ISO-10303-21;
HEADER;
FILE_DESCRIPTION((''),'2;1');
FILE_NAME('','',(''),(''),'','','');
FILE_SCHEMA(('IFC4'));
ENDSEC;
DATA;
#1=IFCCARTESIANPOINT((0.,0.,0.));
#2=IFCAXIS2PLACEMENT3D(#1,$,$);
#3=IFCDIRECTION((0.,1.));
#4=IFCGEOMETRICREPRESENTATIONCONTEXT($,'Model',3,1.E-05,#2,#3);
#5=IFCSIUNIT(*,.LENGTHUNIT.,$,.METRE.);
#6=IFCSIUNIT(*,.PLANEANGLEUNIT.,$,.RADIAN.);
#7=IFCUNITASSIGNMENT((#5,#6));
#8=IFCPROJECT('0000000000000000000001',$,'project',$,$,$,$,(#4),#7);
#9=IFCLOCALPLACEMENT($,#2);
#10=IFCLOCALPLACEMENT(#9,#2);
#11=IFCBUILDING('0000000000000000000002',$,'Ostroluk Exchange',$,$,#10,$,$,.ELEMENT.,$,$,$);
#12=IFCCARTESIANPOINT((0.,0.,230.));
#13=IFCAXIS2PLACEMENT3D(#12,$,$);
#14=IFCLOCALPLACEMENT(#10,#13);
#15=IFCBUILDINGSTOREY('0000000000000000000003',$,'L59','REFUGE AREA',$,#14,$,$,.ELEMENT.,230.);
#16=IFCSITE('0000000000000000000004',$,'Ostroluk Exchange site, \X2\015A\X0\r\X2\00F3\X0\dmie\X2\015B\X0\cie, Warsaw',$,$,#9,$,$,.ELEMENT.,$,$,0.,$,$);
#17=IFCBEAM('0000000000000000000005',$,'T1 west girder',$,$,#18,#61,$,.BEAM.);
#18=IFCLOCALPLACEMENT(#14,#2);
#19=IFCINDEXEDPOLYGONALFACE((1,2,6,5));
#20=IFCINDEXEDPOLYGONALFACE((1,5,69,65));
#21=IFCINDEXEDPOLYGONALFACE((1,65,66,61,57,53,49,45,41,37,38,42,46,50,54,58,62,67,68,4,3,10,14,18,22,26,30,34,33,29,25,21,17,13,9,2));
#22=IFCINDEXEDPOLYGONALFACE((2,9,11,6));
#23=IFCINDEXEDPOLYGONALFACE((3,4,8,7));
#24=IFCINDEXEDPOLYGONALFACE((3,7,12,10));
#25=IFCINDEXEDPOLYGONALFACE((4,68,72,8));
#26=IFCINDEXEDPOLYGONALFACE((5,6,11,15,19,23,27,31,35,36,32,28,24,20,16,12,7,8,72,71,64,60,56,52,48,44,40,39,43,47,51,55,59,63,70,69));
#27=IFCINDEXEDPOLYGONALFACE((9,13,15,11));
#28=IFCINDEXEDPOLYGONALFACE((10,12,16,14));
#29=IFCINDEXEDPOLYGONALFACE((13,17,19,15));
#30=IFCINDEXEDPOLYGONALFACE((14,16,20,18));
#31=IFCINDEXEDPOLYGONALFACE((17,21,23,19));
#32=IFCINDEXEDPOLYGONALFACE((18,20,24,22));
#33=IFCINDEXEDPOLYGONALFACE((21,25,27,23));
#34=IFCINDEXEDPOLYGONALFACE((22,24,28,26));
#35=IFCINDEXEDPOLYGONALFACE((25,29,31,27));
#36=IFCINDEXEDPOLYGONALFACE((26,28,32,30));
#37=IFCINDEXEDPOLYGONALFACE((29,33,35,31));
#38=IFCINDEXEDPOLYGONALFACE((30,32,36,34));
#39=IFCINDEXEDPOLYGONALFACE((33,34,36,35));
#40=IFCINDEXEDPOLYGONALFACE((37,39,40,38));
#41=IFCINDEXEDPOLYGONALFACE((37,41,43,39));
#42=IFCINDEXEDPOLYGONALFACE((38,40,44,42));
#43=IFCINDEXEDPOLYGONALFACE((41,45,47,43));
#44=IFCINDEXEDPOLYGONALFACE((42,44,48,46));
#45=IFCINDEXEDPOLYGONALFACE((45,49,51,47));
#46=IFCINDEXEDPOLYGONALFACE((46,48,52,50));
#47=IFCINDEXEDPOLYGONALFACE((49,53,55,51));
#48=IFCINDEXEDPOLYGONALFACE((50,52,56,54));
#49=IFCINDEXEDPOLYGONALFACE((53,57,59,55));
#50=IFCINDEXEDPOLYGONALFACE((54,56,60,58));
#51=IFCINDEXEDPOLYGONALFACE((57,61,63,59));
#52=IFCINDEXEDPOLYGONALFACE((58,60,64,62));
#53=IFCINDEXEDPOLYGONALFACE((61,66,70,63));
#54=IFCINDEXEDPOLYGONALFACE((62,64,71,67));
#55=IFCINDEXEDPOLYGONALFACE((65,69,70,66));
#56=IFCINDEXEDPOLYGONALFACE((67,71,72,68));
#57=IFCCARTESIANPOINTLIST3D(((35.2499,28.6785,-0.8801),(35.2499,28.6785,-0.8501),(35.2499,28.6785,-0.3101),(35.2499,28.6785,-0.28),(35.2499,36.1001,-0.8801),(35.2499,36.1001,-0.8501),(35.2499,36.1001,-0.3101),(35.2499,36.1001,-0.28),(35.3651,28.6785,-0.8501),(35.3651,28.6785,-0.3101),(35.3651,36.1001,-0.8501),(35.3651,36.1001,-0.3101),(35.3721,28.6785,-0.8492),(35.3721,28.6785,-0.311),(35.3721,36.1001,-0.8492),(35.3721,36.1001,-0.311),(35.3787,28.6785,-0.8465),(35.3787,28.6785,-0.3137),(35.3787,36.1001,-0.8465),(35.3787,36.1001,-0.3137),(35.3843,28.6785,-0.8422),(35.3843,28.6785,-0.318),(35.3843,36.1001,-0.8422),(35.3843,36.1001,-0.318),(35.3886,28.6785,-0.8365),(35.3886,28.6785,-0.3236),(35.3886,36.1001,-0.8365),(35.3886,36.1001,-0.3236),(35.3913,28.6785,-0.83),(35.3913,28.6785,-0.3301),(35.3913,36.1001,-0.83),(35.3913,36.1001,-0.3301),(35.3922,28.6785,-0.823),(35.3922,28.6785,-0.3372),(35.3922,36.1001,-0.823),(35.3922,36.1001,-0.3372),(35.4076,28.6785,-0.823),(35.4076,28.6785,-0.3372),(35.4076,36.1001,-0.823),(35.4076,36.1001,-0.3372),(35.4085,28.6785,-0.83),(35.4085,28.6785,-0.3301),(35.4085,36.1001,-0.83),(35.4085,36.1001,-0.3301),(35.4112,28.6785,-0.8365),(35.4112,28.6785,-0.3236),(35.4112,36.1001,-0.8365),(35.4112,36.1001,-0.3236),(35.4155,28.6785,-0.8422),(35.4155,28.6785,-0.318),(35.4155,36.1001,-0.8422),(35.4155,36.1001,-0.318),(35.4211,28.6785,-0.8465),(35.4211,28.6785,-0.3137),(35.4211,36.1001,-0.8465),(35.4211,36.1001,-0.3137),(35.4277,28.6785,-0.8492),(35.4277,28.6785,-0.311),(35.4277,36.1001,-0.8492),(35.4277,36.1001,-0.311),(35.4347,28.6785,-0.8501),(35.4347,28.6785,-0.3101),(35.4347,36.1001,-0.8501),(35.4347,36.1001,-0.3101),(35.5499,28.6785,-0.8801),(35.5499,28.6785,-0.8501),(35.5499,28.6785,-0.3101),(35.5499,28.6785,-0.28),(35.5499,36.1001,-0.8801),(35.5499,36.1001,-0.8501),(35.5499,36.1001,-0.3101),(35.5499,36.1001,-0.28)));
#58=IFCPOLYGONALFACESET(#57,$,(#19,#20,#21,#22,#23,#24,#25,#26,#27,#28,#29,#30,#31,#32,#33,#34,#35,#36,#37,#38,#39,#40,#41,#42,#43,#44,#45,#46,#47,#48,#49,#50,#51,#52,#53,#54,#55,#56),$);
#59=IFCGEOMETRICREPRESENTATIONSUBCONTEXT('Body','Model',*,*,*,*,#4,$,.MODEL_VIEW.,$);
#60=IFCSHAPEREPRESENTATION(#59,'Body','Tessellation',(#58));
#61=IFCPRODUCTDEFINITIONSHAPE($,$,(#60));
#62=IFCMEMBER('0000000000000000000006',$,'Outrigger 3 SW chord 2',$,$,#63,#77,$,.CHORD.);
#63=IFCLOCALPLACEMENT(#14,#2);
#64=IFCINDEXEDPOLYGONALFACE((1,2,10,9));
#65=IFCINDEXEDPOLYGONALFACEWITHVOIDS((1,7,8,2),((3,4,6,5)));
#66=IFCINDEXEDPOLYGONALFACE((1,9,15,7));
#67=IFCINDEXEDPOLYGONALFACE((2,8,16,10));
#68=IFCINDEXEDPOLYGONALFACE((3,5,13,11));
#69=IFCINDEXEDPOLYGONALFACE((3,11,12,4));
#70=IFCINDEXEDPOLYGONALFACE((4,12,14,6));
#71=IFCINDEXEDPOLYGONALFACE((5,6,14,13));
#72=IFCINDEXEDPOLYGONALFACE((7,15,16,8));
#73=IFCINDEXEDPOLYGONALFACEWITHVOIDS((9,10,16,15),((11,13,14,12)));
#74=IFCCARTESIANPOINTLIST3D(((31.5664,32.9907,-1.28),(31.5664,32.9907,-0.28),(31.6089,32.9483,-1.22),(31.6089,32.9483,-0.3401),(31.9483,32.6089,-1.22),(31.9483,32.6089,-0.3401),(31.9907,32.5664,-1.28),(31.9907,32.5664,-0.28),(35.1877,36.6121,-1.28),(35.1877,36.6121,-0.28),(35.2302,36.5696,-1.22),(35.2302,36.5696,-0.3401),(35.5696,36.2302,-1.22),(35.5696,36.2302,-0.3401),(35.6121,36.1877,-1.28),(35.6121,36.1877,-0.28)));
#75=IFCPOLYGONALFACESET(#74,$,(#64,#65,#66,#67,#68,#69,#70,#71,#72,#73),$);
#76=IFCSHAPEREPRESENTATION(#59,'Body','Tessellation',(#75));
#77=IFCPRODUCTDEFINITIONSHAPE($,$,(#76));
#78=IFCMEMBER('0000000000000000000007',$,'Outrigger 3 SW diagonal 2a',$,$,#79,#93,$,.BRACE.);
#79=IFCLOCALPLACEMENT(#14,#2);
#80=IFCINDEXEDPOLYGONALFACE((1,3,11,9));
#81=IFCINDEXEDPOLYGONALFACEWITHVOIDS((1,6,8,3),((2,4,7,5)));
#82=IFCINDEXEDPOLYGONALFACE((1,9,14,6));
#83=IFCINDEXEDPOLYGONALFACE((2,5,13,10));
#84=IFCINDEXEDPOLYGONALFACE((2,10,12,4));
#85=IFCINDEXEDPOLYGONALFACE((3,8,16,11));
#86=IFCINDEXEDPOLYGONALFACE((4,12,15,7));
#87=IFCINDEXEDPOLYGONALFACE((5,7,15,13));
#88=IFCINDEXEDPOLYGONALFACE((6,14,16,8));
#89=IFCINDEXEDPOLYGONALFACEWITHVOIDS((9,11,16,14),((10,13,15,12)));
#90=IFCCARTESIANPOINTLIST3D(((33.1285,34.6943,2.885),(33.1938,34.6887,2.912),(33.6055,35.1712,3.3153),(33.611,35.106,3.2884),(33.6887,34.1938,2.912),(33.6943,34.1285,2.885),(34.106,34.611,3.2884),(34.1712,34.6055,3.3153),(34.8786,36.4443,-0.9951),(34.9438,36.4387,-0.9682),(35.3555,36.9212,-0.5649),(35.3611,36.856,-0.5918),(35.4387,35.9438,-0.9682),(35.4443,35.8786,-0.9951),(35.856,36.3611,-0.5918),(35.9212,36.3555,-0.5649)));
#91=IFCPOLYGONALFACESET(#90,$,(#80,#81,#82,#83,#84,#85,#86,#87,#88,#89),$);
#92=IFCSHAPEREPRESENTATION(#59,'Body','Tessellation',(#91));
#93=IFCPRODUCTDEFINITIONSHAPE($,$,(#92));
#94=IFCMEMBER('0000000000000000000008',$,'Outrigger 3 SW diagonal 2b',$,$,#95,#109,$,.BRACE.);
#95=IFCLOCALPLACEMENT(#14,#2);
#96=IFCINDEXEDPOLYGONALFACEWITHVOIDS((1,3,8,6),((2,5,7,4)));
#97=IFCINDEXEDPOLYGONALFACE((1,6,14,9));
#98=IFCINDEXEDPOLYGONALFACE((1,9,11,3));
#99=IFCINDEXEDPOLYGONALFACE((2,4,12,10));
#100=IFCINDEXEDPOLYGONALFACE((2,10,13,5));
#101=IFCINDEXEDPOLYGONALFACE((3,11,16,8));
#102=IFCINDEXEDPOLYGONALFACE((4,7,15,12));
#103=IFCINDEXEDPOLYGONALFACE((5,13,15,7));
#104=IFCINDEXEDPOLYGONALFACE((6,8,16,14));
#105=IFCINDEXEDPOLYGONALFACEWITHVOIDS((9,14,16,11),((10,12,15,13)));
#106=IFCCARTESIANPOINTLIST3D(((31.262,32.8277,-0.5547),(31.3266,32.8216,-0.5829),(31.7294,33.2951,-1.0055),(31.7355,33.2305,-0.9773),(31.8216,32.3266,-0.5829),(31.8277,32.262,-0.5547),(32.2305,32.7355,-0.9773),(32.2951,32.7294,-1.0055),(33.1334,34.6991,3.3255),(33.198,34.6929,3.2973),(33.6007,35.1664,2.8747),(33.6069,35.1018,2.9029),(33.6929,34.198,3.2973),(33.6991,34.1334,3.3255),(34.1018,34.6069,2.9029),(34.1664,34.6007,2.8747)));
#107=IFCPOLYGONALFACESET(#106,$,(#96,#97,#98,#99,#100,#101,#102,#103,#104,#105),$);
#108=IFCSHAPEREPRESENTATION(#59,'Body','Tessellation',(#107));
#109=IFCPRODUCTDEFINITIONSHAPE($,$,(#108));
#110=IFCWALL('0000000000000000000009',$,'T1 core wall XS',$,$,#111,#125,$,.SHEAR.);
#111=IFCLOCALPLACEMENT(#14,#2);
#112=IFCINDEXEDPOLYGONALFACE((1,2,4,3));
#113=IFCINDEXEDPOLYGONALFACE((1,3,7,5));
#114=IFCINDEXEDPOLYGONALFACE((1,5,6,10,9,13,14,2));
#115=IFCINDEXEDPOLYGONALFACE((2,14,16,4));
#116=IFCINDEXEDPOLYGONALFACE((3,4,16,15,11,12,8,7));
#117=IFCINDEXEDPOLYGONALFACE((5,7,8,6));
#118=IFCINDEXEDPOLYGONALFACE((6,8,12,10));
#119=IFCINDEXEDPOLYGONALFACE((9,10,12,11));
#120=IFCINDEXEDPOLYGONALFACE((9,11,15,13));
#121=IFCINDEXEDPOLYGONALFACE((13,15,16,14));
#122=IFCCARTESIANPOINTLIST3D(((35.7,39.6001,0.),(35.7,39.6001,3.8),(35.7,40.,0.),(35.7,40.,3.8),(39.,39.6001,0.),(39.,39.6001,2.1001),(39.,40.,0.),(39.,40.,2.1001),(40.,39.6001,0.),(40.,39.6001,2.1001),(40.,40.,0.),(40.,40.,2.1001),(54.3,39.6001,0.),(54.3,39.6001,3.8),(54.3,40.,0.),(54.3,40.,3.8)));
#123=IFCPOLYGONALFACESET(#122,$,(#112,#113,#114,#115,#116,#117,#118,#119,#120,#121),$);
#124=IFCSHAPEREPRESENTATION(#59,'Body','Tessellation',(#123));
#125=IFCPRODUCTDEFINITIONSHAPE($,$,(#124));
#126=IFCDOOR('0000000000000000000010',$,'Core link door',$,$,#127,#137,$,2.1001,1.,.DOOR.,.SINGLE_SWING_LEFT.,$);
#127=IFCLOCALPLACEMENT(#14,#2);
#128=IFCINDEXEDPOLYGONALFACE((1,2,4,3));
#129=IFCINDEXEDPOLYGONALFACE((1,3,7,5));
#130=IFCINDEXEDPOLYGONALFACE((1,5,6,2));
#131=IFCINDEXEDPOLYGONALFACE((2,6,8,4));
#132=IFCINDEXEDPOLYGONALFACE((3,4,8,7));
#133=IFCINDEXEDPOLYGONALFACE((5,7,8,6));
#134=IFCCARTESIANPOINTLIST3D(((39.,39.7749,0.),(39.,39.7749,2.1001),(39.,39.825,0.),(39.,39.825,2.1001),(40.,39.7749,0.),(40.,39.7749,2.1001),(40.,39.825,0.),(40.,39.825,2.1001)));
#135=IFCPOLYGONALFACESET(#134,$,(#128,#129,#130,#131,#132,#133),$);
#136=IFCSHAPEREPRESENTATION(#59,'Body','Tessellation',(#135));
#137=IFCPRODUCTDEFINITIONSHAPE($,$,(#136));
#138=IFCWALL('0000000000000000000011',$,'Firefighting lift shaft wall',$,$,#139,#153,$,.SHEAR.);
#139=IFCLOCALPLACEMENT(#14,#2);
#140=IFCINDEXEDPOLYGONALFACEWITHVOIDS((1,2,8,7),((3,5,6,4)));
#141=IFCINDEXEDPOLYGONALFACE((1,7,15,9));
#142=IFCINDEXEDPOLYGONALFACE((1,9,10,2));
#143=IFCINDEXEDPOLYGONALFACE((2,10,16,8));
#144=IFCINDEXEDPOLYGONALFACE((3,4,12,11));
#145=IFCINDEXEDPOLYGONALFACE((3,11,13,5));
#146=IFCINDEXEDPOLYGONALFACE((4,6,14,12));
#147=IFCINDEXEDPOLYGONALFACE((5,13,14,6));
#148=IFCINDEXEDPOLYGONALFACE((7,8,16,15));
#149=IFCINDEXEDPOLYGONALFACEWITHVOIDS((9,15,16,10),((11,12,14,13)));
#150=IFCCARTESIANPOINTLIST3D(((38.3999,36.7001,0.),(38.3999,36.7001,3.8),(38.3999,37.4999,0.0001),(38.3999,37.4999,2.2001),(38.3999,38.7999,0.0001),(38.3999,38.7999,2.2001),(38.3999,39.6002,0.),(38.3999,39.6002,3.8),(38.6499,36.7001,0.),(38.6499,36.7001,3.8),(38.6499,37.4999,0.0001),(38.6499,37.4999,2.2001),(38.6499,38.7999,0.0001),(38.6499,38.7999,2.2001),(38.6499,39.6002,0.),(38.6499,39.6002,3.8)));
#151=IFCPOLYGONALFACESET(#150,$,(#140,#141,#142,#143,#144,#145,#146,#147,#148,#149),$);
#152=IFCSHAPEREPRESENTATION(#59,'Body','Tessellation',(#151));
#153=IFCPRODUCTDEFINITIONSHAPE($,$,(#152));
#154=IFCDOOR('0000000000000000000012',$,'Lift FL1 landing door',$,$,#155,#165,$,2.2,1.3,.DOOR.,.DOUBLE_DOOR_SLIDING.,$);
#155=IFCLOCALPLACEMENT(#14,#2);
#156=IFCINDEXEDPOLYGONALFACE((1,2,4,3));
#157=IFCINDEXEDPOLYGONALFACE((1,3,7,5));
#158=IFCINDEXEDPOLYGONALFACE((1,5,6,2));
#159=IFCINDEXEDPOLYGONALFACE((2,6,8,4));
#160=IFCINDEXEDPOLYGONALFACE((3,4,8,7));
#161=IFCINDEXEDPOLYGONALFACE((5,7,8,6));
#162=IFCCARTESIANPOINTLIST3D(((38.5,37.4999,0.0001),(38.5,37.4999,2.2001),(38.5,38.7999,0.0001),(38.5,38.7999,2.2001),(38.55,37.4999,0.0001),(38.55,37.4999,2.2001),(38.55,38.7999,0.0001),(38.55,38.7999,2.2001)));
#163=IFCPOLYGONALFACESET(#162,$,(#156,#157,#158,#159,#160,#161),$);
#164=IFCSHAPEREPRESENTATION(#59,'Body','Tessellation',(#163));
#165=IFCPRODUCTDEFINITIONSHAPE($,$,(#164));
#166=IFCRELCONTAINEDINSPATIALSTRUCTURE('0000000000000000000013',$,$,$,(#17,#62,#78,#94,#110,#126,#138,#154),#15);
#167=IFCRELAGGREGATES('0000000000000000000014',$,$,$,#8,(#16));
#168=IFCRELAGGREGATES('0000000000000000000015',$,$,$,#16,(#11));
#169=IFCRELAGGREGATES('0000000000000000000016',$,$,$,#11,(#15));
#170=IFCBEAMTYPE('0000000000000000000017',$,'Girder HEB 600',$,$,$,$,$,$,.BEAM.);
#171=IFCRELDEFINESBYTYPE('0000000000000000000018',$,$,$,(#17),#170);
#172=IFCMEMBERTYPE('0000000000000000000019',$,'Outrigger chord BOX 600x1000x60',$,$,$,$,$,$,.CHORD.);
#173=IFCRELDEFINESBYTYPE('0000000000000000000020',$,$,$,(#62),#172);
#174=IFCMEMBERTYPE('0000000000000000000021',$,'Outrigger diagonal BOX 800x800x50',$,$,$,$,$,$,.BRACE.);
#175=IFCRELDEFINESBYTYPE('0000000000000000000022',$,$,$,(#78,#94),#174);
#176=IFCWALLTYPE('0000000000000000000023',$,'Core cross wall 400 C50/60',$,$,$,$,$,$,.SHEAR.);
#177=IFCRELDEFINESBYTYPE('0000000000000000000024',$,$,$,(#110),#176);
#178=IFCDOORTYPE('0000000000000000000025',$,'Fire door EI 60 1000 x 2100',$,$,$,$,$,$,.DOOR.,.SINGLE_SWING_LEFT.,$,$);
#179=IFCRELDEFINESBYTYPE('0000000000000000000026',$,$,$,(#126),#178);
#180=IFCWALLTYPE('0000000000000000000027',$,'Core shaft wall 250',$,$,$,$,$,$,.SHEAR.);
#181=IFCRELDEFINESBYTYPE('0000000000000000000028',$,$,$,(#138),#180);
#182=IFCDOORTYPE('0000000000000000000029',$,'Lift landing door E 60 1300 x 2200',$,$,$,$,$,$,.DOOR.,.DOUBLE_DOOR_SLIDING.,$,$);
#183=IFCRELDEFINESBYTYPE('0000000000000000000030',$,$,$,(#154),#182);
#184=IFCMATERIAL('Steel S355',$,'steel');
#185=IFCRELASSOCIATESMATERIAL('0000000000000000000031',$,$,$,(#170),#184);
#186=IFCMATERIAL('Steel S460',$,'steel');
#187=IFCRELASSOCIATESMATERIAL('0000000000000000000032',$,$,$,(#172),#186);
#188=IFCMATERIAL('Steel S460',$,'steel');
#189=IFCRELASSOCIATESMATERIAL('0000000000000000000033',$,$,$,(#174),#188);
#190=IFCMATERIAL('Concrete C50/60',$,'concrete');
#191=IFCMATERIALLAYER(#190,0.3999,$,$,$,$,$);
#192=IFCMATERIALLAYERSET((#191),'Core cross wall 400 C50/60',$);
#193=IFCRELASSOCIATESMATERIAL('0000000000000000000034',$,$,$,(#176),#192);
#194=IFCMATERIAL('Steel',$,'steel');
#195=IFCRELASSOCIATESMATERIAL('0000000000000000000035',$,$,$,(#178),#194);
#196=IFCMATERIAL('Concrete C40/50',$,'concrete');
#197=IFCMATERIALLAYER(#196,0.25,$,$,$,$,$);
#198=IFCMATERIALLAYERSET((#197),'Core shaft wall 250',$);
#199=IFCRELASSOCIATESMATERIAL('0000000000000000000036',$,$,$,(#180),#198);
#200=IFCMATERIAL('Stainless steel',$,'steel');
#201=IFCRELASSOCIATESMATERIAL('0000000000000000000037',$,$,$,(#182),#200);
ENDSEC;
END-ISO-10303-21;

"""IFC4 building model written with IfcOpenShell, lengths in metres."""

from ifc_helpers import new_model, si_unit, direction, frame, frame_2d, origin, origin_2d, place, context, subcontext, project, spatial, rectangle, hollow_rectangle, i_section, extrude, material, layer, layer_set, material_profile, profile_set, type_object, element, fill, save


model = new_model("IFC4")

# Units and contexts
model_context = context("Model", 3, precision=1e-05, world=origin(), true_north=direction((0.0, 1.0)))
body_context = subcontext(model_context, "Body", "Model", "MODEL_VIEW")
ifc_project = project(units=[si_unit("LENGTHUNIT", "METRE"), si_unit("PLANEANGLEUNIT", "RADIAN")], contexts=[model_context])

# Site, building, storey
site_placement = place(None, origin())
site = spatial("IfcSite", under=ifc_project, at=site_placement, Name="Ostroluk Exchange site, Śródmieście, Warsaw", CompositionType="ELEMENT", RefElevation=0.0)
building_placement = place(site_placement, origin())
building = spatial("IfcBuilding", under=site, at=building_placement, Name="Ostroluk Exchange", CompositionType="ELEMENT")
storey_placement = place(building_placement, frame((0.0, 0.0, 230.0)))
storey = spatial("IfcBuildingStorey", under=building, at=storey_placement, Name="L59", Description="REFUGE AREA", CompositionType="ELEMENT", Elevation=230.0)

# Beam
ifc_material_1 = material(Name="Steel S355", Category="steel")
ifc_material_profile_1 = material_profile(ifc_material_1, i_section(OverallWidth=0.3, OverallDepth=0.6001, WebThickness=0.0154, FlangeThickness=0.03, FilletRadius=0.0271, at=origin_2d()), Name="HEB 600")
ifc_profile_set_1 = profile_set([ifc_material_profile_1], Name="Steel S355")
beam_type_1 = type_object("IfcBeamType", Name="Girder HEB 600", PredefinedType="BEAM", material=ifc_profile_set_1)
beam_placement = place(storey_placement, frame((35.3999, 36.1001, -0.5801), z_axis=(0.0, -1.0, 0.0), x_axis=(1.0, 0.0, 0.0)))
element("IfcBeam", 1, at=beam_placement, inside=storey, type_object=beam_type_1, Name="T1 west girder", PredefinedType="BEAM", context=body_context, shape_type="SweptSolid", body=[
    extrude(i_section(OverallWidth=0.3, OverallDepth=0.6001, WebThickness=0.0154, FlangeThickness=0.03, FilletRadius=0.0271, at=origin_2d()), origin(), (0.0, 0.0, 1.0), 7.4216),
])

# Members
ifc_material_2 = material(Name="Steel S460", Category="steel")
ifc_material_profile_2 = material_profile(ifc_material_2, hollow_rectangle(XDim=0.6001, YDim=1.0, WallThickness=0.0601, at=origin_2d()), Name="BOX 600x1000x60")
ifc_profile_set_2 = profile_set([ifc_material_profile_2], Name="Steel S460")
member_type_1 = type_object("IfcMemberType", Name="Outrigger chord BOX 600x1000x60", PredefinedType="CHORD", material=ifc_profile_set_2)
member_1_placement = place(storey_placement, frame((35.3999, 36.3999, -0.78), z_axis=(-0.707107, -0.707107, 0.0), x_axis=(0.707107, -0.707107, 0.0)))
element("IfcMember", 2, at=member_1_placement, inside=storey, type_object=member_type_1, Name="Outrigger 3 SW chord 2", PredefinedType="CHORD", context=body_context, shape_type="SweptSolid", body=[
    extrude(hollow_rectangle(XDim=0.6001, YDim=1.0, WallThickness=0.0601, at=origin_2d()), origin(), (0.0, 0.0, 1.0), 5.1213),
])
ifc_material_3 = material(Name="Steel S460", Category="steel")
ifc_material_profile_3 = material_profile(ifc_material_3, hollow_rectangle(XDim=0.8, YDim=0.8, WallThickness=0.05, at=origin_2d()), Name="BOX 800x800x50")
ifc_profile_set_3 = profile_set([ifc_material_profile_3], Name="Steel S460")
member_type_2 = type_object("IfcMemberType", Name="Outrigger diagonal BOX 800x800x50", PredefinedType="BRACE", material=ifc_profile_set_3)
member_2_placement = place(storey_placement, frame((35.3999, 36.3999, -0.78), z_axis=(-0.380252, -0.380252, 0.8431), x_axis=(0.707107, -0.707107, 0.0)))
element("IfcMember", 3, at=member_2_placement, inside=storey, type_object=member_type_2, Name="Outrigger 3 SW diagonal 2a", PredefinedType="BRACE", context=body_context, shape_type="SweptSolid", body=[
    extrude(hollow_rectangle(XDim=0.8, YDim=0.8, WallThickness=0.05, at=origin_2d()), origin(), (0.0, 0.0, 1.0), 4.6023),
])
member_3_placement = place(storey_placement, frame((33.6499, 34.6499, 3.1001), z_axis=(-0.398435, -0.398435, -0.826135), x_axis=(0.707107, -0.707107, 0.0)))
element("IfcMember", 4, at=member_3_placement, inside=storey, type_object=member_type_2, Name="Outrigger 3 SW diagonal 2b", PredefinedType="BRACE", context=body_context, shape_type="SweptSolid", body=[
    extrude(hollow_rectangle(XDim=0.8, YDim=0.8, WallThickness=0.05, at=origin_2d()), origin(), (0.0, 0.0, 1.0), 4.6968),
])

# Walls, openings, doors
ifc_material_4 = material(Name="Concrete C50/60", Category="concrete")
ifc_layer_1 = layer(ifc_material_4, 0.3999)
ifc_layer_set_1 = layer_set([ifc_layer_1], Name="Core cross wall 400 C50/60")
wall_type_1 = type_object("IfcWallType", Name="Core cross wall 400 C50/60", PredefinedType="SHEAR", material=ifc_layer_set_1)
wall_1_placement = place(storey_placement, frame((35.7, 39.8, 0.0), z_axis=(0.0, 0.0, 1.0), x_axis=(1.0, 0.0, 0.0)))
wall_1 = element("IfcWall", 5, at=wall_1_placement, inside=storey, type_object=wall_type_1, Name="T1 core wall XS", PredefinedType="SHEAR", context=body_context, shape_type="SweptSolid", body=[
    extrude(rectangle(XDim=18.6001, YDim=0.3999, at=frame_2d((9.3, 0.0))), origin(), (0.0, 0.0, 1.0), 3.8),
])
opening_1_placement = place(wall_1_placement, frame((3.3, 0.0, 0.0)))
opening_1 = element("IfcOpeningElement", 6, at=opening_1_placement, cuts=wall_1, PredefinedType="OPENING", context=body_context, shape_type="SweptSolid", body=[
    extrude(rectangle(XDim=1.0, YDim=2.1001, at=frame_2d((0.5, 1.05))), frame((0.0, 0.21, 0.0), z_axis=(0.0, -1.0, 0.0), x_axis=(1.0, 0.0, 0.0)), (0.0, 0.0, 1.0), 0.4199),
])
ifc_material_5 = material(Name="Steel", Category="steel")
door_type_1 = type_object("IfcDoorType", Name="Fire door EI 60 1000 x 2100", OperationType="SINGLE_SWING_LEFT", PredefinedType="DOOR", material=ifc_material_5)
door_1_placement = place(opening_1_placement, origin())
door_1 = element("IfcDoor", 7, at=door_1_placement, inside=storey, type_object=door_type_1, Name="Core link door", OperationType="SINGLE_SWING_LEFT", OverallHeight=2.1001, OverallWidth=1.0, PredefinedType="DOOR", context=body_context, shape_type="SweptSolid", body=[
    extrude(rectangle(XDim=1.0, YDim=2.1001, at=frame_2d((0.5, 1.05))), frame((0.0, 0.0249, 0.0), z_axis=(0.0, -1.0, 0.0), x_axis=(1.0, 0.0, 0.0)), (0.0, 0.0, 1.0), 0.05),
])
fill(opening_1, door_1)
ifc_material_6 = material(Name="Concrete C40/50", Category="concrete")
ifc_layer_2 = layer(ifc_material_6, 0.25)
ifc_layer_set_2 = layer_set([ifc_layer_2], Name="Core shaft wall 250")
wall_type_2 = type_object("IfcWallType", Name="Core shaft wall 250", PredefinedType="SHEAR", material=ifc_layer_set_2)
wall_2_placement = place(storey_placement, frame((38.5249, 36.7, 0.0), z_axis=(0.0, 0.0, 1.0), x_axis=(0.0, 1.0, 0.0)))
wall_2 = element("IfcWall", 8, at=wall_2_placement, inside=storey, type_object=wall_type_2, Name="Firefighting lift shaft wall", PredefinedType="SHEAR", context=body_context, shape_type="SweptSolid", body=[
    extrude(rectangle(XDim=2.9001, YDim=0.25, at=frame_2d((1.4502, 0.0))), origin(), (0.0, 0.0, 1.0), 3.8),
])
opening_2_placement = place(wall_2_placement, frame((0.8, 0.0, 0.0)))
opening_2 = element("IfcOpeningElement", 9, at=opening_2_placement, cuts=wall_2, PredefinedType="OPENING", context=body_context, shape_type="SweptSolid", body=[
    extrude(rectangle(XDim=1.3, YDim=2.2, at=frame_2d((0.6499, 1.1001))), frame((0.0, 0.135, 0.0), z_axis=(0.0, -1.0, 0.0), x_axis=(1.0, 0.0, 0.0)), (0.0, 0.0, 1.0), 0.27),
])
ifc_material_7 = material(Name="Stainless steel", Category="steel")
door_type_2 = type_object("IfcDoorType", Name="Lift landing door E 60 1300 x 2200", OperationType="DOUBLE_DOOR_SLIDING", PredefinedType="DOOR", material=ifc_material_7)
door_2_placement = place(opening_2_placement, origin())
door_2 = element("IfcDoor", 10, at=door_2_placement, inside=storey, type_object=door_type_2, Name="Lift FL1 landing door", OperationType="DOUBLE_DOOR_SLIDING", OverallHeight=2.2, OverallWidth=1.3, PredefinedType="DOOR", context=body_context, shape_type="SweptSolid", body=[
    extrude(rectangle(XDim=1.3, YDim=2.2, at=frame_2d((0.6499, 1.1001))), frame((0.0, 0.0249, 0.0), z_axis=(0.0, -1.0, 0.0), x_axis=(1.0, 0.0, 0.0)), (0.0, 0.0, 1.0), 0.05),
])
fill(opening_2, door_2)

save(model, "model.ifc")
